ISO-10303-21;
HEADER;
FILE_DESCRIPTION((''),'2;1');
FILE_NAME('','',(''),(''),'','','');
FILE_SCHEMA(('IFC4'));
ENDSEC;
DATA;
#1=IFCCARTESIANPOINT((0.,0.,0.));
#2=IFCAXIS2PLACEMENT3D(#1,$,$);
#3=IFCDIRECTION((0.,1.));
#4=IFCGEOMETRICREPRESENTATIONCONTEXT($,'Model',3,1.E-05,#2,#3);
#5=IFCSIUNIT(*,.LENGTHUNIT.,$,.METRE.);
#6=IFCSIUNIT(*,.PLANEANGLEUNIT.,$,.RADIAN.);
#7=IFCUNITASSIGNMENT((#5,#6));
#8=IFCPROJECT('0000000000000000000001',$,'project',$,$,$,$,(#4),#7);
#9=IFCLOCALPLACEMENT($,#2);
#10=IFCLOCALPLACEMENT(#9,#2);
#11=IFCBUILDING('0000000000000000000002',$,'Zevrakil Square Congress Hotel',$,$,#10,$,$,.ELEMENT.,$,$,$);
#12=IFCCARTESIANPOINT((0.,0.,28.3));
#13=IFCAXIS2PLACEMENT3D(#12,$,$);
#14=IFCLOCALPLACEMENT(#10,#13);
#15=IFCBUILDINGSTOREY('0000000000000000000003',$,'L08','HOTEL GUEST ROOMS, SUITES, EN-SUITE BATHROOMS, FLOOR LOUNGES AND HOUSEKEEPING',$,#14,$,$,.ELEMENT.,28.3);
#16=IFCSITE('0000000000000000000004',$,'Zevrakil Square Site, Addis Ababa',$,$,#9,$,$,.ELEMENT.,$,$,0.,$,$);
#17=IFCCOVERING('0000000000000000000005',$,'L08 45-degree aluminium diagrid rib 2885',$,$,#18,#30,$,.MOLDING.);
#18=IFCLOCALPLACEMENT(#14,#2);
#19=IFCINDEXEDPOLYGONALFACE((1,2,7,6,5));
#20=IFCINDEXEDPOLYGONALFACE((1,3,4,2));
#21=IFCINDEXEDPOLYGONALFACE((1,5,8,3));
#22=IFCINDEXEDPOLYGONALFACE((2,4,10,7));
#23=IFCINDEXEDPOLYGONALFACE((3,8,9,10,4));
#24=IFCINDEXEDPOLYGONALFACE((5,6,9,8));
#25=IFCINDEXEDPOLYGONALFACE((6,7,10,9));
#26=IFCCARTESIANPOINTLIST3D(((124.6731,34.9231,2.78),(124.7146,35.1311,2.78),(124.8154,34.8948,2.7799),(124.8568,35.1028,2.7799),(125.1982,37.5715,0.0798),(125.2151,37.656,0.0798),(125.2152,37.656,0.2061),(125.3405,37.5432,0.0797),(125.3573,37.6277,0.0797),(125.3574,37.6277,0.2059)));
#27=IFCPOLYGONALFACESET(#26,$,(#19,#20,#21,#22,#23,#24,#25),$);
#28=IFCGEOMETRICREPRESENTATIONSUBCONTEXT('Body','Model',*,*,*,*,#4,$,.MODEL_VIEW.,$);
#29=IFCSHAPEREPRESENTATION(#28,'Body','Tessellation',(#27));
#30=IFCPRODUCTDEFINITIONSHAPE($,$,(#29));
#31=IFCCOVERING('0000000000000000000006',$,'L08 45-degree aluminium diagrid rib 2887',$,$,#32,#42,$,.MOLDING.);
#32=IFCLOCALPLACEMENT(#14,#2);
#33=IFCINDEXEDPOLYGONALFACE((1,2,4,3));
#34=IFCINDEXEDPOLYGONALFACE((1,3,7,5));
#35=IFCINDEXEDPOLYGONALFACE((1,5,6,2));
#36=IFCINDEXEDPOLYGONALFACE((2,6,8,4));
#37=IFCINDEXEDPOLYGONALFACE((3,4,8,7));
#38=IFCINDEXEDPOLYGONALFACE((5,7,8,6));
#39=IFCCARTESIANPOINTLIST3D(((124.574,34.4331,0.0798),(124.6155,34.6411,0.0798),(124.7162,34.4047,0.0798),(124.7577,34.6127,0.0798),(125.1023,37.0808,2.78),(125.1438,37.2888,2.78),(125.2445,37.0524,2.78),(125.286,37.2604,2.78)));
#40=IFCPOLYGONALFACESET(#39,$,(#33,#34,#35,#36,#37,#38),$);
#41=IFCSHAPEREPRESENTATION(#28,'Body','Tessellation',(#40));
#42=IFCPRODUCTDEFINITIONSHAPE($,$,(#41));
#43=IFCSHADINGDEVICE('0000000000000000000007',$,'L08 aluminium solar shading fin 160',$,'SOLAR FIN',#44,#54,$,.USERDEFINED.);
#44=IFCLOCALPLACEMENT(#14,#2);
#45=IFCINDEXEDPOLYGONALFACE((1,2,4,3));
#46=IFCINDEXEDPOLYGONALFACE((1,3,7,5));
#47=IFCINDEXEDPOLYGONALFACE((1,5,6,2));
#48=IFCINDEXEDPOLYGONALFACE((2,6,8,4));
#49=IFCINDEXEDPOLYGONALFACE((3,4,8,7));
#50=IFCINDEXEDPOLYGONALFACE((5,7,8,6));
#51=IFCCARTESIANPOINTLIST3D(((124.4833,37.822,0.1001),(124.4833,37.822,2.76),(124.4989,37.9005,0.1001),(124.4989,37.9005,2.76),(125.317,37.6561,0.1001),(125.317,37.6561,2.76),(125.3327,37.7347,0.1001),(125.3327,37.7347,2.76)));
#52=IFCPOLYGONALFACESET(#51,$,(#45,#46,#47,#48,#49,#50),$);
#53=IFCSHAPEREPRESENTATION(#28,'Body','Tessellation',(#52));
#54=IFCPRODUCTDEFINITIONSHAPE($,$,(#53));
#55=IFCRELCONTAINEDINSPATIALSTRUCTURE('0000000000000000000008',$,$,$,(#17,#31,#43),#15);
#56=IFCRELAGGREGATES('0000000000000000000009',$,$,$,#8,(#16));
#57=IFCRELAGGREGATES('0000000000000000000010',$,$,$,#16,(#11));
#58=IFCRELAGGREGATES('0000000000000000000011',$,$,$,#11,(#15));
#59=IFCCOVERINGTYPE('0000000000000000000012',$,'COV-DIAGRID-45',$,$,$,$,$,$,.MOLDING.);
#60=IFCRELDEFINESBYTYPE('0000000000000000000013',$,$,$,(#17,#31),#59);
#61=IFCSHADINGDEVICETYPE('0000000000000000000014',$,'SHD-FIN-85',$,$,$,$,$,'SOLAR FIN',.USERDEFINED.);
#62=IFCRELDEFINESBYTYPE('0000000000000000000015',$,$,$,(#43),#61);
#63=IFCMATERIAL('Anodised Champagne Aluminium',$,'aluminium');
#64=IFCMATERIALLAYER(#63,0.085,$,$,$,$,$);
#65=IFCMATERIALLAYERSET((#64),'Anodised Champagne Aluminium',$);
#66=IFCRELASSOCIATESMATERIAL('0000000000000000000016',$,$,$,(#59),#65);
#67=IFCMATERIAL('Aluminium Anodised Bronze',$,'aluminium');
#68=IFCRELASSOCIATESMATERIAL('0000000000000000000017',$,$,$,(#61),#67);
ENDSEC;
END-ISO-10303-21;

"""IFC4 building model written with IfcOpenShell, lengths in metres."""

from ifc_helpers import new_model, si_unit, direction, frame, origin, origin_2d, place, context, subcontext, project, spatial, polyline, rectangle, outline, extrude, material, layer, layer_set, type_object, element, save


model = new_model("IFC4")

# Units and contexts
model_context = context("Model", 3, precision=1e-05, world=origin(), true_north=direction((0.0, 1.0)))
body_context = subcontext(model_context, "Body", "Model", "MODEL_VIEW")
ifc_project = project(units=[si_unit("LENGTHUNIT", "METRE"), si_unit("PLANEANGLEUNIT", "RADIAN")], contexts=[model_context])

# Site, building, storey
site_placement = place(None, origin())
site = spatial("IfcSite", under=ifc_project, at=site_placement, Name="Zevrakil Square Site, Addis Ababa", CompositionType="ELEMENT", RefElevation=0.0)
building_placement = place(site_placement, origin())
building = spatial("IfcBuilding", under=site, at=building_placement, Name="Zevrakil Square Congress Hotel", CompositionType="ELEMENT")
storey_placement = place(building_placement, frame((0.0, 0.0, 28.3)))
storey = spatial("IfcBuildingStorey", under=building, at=storey_placement, Name="L08", Description="HOTEL GUEST ROOMS, SUITES, EN-SUITE BATHROOMS, FLOOR LOUNGES AND HOUSEKEEPING", CompositionType="ELEMENT", Elevation=28.3)

# Coverings
ifc_material_1 = material(Name="Anodised Champagne Aluminium", Category="aluminium")
ifc_layer_1 = layer(ifc_material_1, 0.085)
ifc_layer_set_1 = layer_set([ifc_layer_1], Name="Anodised Champagne Aluminium")
covering_type_1 = type_object("IfcCoveringType", Name="COV-DIAGRID-45", PredefinedType="MOLDING", material=ifc_layer_set_1)
covering_1_placement = place(storey_placement, frame((125.1982, 37.5715, 0.0798), z_axis=(-0.980744, 0.195297, 0.000834), x_axis=(0.195297, 0.980744, 0.0)))
element("IfcCovering", 1, at=covering_1_placement, inside=storey, type_object=covering_type_1, Name="L08 45-degree aluminium diagrid rib 2885", PredefinedType="MOLDING", context=body_context, shape_type="SweptSolid", body=[
    extrude(outline(polyline([(0.0, 0.0), (0.0861, 0.0), (0.0861, -0.1262), (-2.4879, -2.7002), (-2.7, -2.7002), (0.0, 0.0)])), origin(), (0.0, 0.0, -1.0), 0.145),
])
covering_2_placement = place(storey_placement, frame((125.1438, 37.2888, 2.78), z_axis=(-0.980669, 0.195673, 0.000008), x_axis=(-0.195673, -0.980669, 0.0)))
element("IfcCovering", 2, at=covering_2_placement, inside=storey, type_object=covering_type_1, Name="L08 45-degree aluminium diagrid rib 2887", PredefinedType="MOLDING", context=body_context, shape_type="SweptSolid", body=[
    extrude(outline(polyline([(0.0, 0.0), (0.2121, 0.0), (2.912, -2.7002), (2.6999, -2.7002), (0.0, 0.0)])), origin(), (0.0, 0.0, -1.0), 0.145),
])

# Shading device
ifc_material_2 = material(Name="Aluminium Anodised Bronze", Category="aluminium")
shading_device_type = type_object("IfcShadingDeviceType", Name="SHD-FIN-85", ElementType="SOLAR FIN", PredefinedType="USERDEFINED", material=ifc_material_2)
shading_device_placement = place(storey_placement, frame((124.908, 37.7783, 0.1001), z_axis=(0.0, 0.0, 1.0), x_axis=(-0.980785, 0.19509, 0.0)))
element("IfcShadingDevice", 3, at=shading_device_placement, inside=storey, type_object=shading_device_type, Name="L08 aluminium solar shading fin 160", ObjectType="SOLAR FIN", PredefinedType="USERDEFINED", context=body_context, shape_type="SweptSolid", body=[
    extrude(rectangle(XDim=0.8501, YDim=0.0801, at=origin_2d()), origin(), (0.0, 0.0, 1.0), 2.6599),
])

save(model, "model.ifc")
